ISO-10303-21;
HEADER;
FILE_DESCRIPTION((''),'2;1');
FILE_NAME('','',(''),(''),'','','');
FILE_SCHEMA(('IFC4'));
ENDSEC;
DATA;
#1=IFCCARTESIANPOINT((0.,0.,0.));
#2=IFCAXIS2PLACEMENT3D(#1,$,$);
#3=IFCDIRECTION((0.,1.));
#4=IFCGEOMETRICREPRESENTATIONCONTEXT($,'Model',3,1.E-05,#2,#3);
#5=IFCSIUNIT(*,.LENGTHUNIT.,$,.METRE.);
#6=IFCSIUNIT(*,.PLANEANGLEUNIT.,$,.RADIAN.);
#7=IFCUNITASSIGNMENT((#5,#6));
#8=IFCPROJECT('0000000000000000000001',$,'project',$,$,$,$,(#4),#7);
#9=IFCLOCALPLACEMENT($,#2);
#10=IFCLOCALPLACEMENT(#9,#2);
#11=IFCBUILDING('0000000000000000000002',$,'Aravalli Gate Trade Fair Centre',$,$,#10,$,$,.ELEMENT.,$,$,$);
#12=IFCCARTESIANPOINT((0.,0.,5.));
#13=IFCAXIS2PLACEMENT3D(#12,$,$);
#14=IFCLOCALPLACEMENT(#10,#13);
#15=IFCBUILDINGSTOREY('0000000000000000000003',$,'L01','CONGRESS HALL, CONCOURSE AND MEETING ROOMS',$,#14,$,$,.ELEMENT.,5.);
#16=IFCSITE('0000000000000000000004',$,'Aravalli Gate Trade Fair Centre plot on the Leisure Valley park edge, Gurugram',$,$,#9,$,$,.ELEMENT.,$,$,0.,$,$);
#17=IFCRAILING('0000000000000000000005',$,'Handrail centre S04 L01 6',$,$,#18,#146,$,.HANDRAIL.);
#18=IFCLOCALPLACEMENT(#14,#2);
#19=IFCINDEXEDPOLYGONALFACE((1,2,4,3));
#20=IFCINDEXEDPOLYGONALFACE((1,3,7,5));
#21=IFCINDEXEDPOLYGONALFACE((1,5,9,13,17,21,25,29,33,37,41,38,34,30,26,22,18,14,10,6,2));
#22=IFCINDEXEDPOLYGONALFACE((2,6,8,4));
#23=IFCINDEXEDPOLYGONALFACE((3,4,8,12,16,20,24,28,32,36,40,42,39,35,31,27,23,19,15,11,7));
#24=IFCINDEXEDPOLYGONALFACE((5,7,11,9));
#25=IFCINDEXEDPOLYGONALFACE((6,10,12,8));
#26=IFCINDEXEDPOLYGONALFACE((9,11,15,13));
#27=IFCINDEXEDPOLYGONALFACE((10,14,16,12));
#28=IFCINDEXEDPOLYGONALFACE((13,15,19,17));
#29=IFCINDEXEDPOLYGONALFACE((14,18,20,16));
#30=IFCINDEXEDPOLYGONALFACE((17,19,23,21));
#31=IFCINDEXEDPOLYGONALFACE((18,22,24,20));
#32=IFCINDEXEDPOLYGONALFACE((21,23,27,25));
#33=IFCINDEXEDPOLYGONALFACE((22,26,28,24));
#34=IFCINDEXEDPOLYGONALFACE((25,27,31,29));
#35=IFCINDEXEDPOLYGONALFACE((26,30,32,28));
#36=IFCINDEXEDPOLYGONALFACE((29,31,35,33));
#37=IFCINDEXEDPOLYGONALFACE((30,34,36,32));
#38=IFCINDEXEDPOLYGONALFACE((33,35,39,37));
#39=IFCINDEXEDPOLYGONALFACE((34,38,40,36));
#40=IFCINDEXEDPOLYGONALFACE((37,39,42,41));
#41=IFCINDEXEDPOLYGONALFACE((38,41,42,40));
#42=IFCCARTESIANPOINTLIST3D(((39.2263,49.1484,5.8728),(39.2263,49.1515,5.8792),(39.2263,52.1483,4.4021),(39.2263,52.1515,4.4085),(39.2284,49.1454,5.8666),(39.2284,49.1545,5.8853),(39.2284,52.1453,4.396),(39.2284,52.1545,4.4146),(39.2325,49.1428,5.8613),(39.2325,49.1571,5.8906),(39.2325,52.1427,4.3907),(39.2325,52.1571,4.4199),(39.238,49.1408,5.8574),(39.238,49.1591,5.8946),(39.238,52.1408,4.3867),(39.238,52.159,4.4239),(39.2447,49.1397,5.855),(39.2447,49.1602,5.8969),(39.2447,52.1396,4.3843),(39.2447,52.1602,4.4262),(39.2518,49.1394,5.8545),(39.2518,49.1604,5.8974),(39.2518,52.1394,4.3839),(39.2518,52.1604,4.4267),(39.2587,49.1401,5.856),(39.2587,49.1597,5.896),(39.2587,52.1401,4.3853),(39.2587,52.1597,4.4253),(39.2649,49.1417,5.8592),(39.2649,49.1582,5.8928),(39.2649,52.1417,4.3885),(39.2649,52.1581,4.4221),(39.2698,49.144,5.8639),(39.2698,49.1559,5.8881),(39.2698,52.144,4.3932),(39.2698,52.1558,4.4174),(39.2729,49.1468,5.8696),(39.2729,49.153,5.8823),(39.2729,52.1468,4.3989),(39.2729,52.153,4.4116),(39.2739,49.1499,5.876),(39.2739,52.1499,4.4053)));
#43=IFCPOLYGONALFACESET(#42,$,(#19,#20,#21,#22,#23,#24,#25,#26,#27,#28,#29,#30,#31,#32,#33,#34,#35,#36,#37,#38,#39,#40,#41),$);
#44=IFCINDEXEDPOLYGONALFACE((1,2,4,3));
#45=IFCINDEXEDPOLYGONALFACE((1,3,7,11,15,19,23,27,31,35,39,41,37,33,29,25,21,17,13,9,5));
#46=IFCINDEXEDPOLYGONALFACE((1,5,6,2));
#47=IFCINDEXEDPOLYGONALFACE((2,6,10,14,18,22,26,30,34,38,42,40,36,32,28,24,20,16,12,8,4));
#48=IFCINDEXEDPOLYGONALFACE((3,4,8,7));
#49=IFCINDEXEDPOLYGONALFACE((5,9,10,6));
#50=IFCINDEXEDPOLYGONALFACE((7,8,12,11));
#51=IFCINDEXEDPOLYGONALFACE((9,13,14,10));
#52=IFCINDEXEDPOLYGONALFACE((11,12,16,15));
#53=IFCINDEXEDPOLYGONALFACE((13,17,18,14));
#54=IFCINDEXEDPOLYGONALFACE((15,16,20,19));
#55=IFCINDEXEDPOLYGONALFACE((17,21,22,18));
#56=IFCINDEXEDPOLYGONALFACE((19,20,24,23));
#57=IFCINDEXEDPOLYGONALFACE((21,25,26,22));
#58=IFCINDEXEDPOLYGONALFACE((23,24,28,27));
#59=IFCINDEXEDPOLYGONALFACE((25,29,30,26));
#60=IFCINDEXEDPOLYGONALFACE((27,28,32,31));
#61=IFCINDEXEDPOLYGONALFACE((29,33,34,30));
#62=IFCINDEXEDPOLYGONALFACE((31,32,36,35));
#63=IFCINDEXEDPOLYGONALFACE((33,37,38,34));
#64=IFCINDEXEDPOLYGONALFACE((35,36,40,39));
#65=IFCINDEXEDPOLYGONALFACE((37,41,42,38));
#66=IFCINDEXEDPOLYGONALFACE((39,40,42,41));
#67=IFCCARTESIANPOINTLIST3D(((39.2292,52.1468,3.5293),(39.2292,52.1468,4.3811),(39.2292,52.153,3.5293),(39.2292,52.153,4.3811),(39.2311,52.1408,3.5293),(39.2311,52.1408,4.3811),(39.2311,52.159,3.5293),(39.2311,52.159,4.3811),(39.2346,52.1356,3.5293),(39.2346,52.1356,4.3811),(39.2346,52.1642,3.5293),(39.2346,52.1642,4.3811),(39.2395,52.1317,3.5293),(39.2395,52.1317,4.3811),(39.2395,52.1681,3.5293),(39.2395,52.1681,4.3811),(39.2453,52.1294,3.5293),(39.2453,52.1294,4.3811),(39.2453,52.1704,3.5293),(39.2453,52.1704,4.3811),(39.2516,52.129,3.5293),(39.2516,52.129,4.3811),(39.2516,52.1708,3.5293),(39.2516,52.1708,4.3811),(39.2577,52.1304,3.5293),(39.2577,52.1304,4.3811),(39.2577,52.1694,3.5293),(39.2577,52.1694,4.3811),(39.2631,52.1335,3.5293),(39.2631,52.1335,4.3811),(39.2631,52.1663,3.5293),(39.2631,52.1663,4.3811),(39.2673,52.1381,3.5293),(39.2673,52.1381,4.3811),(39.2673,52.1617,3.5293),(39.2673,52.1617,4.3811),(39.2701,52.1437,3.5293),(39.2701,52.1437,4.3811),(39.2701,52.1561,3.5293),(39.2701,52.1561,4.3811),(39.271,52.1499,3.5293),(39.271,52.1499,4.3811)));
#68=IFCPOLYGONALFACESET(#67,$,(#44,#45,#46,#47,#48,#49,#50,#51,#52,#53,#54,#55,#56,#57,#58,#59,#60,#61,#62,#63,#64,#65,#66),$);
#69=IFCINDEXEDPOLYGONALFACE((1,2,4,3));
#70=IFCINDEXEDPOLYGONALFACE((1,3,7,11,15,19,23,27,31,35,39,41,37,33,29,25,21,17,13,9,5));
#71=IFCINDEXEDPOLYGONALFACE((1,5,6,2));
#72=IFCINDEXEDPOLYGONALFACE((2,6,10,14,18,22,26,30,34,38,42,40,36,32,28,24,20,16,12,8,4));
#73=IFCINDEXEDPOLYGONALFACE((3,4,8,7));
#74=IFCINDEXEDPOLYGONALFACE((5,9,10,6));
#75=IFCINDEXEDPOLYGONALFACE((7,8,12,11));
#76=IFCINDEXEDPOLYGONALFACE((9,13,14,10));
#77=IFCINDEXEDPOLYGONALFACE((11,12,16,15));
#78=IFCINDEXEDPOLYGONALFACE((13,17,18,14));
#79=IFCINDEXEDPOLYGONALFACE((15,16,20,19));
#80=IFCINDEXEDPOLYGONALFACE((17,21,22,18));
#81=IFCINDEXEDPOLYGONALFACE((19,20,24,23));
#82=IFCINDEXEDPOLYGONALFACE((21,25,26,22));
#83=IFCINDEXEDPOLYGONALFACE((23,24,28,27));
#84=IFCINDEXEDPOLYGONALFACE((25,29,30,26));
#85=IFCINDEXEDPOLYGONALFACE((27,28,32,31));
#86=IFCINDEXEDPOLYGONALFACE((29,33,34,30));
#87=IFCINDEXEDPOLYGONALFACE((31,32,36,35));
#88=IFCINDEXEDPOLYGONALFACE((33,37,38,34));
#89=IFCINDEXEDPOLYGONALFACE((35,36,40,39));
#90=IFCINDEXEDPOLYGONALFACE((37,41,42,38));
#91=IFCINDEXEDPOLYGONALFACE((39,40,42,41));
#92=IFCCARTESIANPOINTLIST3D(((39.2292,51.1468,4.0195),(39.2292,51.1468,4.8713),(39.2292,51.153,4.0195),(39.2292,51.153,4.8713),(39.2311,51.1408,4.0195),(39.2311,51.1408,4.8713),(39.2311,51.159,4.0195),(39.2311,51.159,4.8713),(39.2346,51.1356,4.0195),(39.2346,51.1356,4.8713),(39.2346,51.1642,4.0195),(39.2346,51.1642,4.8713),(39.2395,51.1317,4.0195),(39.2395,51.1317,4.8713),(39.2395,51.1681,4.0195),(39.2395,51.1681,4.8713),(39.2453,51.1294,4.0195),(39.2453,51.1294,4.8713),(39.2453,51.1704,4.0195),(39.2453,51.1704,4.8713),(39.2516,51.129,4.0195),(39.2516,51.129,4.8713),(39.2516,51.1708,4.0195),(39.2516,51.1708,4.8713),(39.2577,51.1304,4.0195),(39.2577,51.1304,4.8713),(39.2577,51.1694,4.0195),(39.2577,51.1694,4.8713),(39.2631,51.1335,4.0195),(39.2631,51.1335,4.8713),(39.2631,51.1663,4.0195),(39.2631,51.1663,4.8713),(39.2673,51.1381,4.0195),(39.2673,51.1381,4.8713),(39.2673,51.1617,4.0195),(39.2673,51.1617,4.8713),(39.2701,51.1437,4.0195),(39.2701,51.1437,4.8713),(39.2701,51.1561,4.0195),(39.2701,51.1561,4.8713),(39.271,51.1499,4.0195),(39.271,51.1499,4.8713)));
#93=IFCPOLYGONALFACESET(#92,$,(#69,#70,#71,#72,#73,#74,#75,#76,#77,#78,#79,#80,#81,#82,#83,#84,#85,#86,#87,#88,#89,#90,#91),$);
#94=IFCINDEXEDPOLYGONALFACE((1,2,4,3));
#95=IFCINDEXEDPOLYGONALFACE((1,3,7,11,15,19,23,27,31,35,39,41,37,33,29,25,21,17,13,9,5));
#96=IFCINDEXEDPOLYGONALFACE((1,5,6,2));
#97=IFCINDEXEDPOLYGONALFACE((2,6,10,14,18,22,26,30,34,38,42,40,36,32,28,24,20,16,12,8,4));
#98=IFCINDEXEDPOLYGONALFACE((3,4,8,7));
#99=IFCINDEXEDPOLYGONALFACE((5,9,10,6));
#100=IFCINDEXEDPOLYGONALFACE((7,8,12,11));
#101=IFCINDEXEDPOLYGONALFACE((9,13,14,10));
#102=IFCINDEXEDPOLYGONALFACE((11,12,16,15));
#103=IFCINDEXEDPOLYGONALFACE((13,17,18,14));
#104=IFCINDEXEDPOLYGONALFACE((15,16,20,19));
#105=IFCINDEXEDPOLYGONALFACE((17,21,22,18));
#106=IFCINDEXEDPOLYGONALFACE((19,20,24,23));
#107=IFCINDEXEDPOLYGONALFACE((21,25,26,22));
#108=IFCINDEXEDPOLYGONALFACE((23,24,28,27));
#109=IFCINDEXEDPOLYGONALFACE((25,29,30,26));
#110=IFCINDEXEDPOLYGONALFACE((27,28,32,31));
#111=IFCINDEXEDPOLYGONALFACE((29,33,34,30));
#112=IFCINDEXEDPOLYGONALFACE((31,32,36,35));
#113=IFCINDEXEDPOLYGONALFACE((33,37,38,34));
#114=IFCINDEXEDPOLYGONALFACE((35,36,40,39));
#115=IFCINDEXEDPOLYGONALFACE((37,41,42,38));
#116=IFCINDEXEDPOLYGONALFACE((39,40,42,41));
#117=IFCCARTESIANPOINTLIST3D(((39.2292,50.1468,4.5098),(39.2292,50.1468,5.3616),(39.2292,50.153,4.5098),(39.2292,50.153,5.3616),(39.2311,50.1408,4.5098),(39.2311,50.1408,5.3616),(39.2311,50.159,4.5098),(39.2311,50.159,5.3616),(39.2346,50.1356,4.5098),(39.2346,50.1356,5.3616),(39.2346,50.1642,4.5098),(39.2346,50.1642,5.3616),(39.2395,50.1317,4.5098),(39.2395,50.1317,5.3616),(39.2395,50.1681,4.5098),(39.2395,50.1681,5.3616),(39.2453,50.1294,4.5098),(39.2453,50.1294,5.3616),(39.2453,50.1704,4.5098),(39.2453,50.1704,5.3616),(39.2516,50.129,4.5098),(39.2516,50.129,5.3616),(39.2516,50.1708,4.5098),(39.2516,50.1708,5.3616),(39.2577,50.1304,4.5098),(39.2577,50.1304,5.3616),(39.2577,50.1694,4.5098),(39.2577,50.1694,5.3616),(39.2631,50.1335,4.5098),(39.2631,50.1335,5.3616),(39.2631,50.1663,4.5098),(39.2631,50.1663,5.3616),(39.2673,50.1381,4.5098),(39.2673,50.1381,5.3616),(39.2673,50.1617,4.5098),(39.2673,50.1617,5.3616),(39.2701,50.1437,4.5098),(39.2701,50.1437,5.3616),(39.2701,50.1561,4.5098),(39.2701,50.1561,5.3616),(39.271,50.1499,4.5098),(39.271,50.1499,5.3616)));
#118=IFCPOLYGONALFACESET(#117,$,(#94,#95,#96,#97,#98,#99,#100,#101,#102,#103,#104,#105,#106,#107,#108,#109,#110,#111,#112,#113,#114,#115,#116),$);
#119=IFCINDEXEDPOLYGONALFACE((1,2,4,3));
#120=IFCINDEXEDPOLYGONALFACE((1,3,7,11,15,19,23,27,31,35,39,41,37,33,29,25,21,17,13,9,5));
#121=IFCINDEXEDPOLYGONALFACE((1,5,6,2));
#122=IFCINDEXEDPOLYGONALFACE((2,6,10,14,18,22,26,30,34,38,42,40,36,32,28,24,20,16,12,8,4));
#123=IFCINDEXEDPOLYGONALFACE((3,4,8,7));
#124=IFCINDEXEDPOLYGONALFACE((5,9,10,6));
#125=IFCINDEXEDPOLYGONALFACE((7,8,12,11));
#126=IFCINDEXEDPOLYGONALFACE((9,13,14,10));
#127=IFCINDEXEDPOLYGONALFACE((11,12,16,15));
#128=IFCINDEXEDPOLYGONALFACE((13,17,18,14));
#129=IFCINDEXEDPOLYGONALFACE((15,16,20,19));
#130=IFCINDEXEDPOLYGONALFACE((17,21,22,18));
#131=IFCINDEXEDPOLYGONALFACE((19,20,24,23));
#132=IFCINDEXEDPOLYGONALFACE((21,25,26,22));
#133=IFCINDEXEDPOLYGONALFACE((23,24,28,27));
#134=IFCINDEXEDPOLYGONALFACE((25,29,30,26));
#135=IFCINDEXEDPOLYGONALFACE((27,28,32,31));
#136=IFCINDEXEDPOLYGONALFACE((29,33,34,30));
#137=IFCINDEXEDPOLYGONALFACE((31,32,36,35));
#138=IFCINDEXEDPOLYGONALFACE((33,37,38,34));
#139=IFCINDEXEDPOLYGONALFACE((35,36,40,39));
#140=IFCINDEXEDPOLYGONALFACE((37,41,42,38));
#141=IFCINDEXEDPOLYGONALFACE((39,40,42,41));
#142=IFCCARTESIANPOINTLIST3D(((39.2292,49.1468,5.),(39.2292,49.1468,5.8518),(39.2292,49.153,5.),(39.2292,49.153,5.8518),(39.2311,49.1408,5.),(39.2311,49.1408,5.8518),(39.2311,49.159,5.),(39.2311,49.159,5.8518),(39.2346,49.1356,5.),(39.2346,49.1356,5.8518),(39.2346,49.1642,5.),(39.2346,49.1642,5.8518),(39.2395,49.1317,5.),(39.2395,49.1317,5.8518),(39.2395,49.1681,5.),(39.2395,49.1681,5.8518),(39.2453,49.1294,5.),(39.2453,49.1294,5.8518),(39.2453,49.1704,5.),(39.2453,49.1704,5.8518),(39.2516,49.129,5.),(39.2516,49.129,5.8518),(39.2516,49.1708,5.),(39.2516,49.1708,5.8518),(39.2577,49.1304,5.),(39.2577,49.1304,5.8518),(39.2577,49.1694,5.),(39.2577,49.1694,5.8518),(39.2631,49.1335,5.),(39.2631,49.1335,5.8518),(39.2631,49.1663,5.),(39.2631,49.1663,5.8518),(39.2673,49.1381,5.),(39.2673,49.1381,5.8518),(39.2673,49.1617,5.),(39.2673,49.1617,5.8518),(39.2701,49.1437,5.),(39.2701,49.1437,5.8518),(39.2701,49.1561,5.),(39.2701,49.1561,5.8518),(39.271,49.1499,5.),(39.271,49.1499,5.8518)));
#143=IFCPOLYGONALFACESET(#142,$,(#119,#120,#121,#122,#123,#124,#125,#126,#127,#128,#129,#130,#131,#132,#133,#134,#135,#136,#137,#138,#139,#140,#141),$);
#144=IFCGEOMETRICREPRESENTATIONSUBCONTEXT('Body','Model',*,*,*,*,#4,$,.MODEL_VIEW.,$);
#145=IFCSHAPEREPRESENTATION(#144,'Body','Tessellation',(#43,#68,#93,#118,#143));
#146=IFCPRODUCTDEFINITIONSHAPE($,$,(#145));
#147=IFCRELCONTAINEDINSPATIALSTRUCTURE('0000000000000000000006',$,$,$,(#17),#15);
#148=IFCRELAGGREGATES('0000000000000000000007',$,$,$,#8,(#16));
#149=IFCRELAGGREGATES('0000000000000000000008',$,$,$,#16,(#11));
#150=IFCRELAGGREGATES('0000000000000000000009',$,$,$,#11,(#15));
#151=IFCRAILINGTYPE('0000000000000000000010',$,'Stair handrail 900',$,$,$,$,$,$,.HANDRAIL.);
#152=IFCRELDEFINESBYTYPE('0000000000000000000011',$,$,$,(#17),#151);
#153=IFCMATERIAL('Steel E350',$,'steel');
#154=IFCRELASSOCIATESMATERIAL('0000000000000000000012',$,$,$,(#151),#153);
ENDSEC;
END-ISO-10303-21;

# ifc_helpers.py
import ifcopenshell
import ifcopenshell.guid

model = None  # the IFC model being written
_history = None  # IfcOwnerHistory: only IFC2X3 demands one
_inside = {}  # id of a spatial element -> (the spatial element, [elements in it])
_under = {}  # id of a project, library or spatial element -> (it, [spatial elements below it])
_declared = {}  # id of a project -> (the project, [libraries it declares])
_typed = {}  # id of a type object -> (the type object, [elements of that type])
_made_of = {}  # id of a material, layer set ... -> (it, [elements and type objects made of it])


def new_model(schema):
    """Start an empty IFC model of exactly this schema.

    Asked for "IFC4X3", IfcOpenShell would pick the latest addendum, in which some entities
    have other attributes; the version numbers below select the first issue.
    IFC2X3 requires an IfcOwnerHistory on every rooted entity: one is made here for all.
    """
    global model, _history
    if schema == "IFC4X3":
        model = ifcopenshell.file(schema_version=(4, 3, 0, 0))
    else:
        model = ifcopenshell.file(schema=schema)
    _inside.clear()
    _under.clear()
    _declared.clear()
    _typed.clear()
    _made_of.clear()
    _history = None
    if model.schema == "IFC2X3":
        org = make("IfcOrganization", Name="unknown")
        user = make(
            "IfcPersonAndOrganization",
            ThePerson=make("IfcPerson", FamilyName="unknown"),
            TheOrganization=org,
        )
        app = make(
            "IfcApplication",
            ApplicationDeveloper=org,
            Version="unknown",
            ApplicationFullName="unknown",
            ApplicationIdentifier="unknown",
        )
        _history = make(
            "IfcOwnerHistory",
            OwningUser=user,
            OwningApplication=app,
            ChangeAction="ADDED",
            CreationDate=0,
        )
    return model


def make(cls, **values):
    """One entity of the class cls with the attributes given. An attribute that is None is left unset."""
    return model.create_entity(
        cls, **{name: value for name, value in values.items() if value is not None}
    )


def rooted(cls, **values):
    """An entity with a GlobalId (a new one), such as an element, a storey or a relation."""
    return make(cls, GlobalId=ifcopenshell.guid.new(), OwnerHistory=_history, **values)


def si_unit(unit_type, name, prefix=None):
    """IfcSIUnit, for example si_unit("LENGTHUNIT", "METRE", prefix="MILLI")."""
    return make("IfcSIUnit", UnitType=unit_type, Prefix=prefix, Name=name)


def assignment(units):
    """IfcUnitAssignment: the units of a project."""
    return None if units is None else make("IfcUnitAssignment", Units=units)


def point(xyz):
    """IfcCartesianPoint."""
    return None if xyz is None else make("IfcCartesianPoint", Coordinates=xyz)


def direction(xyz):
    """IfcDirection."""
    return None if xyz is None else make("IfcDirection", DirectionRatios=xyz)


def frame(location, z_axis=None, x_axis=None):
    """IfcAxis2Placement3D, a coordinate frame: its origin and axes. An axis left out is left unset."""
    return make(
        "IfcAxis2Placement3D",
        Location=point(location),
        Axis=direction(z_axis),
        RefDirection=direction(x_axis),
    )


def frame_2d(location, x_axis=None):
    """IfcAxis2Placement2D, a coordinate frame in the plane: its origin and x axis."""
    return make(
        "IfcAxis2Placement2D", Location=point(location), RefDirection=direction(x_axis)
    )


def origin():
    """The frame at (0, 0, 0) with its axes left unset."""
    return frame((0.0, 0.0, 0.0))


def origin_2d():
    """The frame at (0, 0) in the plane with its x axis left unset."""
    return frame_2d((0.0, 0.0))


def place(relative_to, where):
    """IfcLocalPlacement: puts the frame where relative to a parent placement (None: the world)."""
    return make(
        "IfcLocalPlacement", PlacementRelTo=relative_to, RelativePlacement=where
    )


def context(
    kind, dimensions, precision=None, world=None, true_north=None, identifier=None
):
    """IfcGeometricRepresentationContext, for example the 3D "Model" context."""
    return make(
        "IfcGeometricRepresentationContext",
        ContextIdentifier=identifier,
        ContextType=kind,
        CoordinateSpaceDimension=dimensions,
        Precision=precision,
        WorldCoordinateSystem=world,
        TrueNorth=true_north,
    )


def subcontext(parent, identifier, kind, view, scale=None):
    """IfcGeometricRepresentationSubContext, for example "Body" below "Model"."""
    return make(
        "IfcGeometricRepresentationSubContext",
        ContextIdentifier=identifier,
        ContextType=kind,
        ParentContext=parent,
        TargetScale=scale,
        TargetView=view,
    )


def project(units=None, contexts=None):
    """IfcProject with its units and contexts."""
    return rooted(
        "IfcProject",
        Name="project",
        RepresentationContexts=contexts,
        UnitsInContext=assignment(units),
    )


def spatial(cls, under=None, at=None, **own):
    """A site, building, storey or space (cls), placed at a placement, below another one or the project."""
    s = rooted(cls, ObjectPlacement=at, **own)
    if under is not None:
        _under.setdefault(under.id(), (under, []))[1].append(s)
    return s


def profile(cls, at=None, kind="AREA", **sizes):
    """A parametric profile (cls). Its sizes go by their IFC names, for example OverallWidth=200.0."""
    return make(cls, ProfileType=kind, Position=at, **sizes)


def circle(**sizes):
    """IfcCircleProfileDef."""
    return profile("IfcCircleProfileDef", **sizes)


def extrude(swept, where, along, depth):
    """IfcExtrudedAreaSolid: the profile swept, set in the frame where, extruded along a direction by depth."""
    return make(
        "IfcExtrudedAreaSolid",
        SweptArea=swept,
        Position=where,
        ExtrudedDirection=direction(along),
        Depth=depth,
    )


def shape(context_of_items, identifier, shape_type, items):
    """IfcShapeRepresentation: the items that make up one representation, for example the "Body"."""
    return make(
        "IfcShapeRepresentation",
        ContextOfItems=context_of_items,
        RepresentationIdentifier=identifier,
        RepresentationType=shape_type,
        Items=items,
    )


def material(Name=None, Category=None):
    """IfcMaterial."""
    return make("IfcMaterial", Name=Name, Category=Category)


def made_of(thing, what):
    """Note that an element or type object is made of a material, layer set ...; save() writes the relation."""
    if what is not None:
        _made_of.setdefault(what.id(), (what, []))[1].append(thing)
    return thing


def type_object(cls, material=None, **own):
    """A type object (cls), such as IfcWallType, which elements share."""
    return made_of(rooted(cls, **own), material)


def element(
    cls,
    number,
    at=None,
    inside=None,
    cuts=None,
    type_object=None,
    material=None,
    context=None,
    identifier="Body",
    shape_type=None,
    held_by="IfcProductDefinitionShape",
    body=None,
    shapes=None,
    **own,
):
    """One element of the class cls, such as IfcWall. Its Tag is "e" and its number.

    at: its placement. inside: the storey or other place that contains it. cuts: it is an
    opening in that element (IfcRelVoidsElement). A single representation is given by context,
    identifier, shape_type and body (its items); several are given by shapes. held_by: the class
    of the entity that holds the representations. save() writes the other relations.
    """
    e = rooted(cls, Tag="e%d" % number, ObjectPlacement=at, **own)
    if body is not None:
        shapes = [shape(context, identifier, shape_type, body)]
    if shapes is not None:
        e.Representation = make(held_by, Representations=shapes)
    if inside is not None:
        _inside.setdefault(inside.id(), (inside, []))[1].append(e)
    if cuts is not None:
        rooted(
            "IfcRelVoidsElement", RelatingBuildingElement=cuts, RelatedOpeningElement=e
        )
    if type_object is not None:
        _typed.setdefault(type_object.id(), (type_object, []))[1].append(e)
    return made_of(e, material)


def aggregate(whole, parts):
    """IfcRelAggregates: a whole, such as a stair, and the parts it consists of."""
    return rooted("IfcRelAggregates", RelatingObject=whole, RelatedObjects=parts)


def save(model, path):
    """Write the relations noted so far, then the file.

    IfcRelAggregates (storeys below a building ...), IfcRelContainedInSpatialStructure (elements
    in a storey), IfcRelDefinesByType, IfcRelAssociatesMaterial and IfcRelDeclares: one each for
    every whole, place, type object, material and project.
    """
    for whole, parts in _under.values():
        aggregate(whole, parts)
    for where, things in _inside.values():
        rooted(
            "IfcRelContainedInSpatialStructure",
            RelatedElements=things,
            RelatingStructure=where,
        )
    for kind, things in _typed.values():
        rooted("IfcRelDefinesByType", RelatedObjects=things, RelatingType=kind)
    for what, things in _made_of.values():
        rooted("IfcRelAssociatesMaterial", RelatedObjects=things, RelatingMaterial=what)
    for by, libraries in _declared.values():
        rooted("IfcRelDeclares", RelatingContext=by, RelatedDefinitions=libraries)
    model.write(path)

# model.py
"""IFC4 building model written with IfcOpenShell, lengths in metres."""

from ifc_helpers import new_model, si_unit, direction, frame, origin, origin_2d, place, context, subcontext, project, spatial, circle, extrude, material, type_object, element, save


model = new_model("IFC4")

# Units and contexts
model_context = context("Model", 3, precision=1e-05, world=origin(), true_north=direction((0.0, 1.0)))
body_context = subcontext(model_context, "Body", "Model", "MODEL_VIEW")
ifc_project = project(units=[si_unit("LENGTHUNIT", "METRE"), si_unit("PLANEANGLEUNIT", "RADIAN")], contexts=[model_context])

# Site, building, storey
site_placement = place(None, origin())
site = spatial("IfcSite", under=ifc_project, at=site_placement, Name="Aravalli Gate Trade Fair Centre plot on the Leisure Valley park edge, Gurugram", CompositionType="ELEMENT", RefElevation=0.0)
building_placement = place(site_placement, origin())
building = spatial("IfcBuilding", under=site, at=building_placement, Name="Aravalli Gate Trade Fair Centre", CompositionType="ELEMENT")
storey_placement = place(building_placement, frame((0.0, 0.0, 5.0)))
storey = spatial("IfcBuildingStorey", under=building, at=storey_placement, Name="L01", Description="CONGRESS HALL, CONCOURSE AND MEETING ROOMS", CompositionType="ELEMENT", Elevation=5.0)

# Railing
ifc_material_1 = material(Name="Steel E350", Category="steel")
railing_type_1 = type_object("IfcRailingType", Name="Stair handrail 900", PredefinedType="HANDRAIL", material=ifc_material_1)
for number, where, name in (
    (1, (39.25, 52.1499, 3.5293), "Handrail centre S04 L01 6"),
):
    element("IfcRailing", number, at=place(storey_placement, frame(where)), inside=storey, type_object=railing_type_1, Name=name, PredefinedType="HANDRAIL", context=body_context, shape_type="SweptSolid", body=[
        extrude(circle(Radius=0.0239, at=origin_2d()), frame((0.0, 0.0, 0.876), z_axis=(0.0, -0.897907, 0.440185), x_axis=(1.0, 0.0, 0.0)), (0.0, 0.0, 1.0), 3.3411),
        extrude(circle(Radius=0.021, at=origin_2d()), origin(), (0.0, 0.0, 1.0), 0.8518),
        extrude(circle(Radius=0.021, at=origin_2d()), frame((0.0, -1.0, 0.4902)), (0.0, 0.0, 1.0), 0.8518),
        extrude(circle(Radius=0.021, at=origin_2d()), frame((0.0, -2.0, 0.9805)), (0.0, 0.0, 1.0), 0.8518),
        extrude(circle(Radius=0.021, at=origin_2d()), frame((0.0, -3.0, 1.4707)), (0.0, 0.0, 1.0), 0.8518),
    ])

save(model, "model.ifc")
